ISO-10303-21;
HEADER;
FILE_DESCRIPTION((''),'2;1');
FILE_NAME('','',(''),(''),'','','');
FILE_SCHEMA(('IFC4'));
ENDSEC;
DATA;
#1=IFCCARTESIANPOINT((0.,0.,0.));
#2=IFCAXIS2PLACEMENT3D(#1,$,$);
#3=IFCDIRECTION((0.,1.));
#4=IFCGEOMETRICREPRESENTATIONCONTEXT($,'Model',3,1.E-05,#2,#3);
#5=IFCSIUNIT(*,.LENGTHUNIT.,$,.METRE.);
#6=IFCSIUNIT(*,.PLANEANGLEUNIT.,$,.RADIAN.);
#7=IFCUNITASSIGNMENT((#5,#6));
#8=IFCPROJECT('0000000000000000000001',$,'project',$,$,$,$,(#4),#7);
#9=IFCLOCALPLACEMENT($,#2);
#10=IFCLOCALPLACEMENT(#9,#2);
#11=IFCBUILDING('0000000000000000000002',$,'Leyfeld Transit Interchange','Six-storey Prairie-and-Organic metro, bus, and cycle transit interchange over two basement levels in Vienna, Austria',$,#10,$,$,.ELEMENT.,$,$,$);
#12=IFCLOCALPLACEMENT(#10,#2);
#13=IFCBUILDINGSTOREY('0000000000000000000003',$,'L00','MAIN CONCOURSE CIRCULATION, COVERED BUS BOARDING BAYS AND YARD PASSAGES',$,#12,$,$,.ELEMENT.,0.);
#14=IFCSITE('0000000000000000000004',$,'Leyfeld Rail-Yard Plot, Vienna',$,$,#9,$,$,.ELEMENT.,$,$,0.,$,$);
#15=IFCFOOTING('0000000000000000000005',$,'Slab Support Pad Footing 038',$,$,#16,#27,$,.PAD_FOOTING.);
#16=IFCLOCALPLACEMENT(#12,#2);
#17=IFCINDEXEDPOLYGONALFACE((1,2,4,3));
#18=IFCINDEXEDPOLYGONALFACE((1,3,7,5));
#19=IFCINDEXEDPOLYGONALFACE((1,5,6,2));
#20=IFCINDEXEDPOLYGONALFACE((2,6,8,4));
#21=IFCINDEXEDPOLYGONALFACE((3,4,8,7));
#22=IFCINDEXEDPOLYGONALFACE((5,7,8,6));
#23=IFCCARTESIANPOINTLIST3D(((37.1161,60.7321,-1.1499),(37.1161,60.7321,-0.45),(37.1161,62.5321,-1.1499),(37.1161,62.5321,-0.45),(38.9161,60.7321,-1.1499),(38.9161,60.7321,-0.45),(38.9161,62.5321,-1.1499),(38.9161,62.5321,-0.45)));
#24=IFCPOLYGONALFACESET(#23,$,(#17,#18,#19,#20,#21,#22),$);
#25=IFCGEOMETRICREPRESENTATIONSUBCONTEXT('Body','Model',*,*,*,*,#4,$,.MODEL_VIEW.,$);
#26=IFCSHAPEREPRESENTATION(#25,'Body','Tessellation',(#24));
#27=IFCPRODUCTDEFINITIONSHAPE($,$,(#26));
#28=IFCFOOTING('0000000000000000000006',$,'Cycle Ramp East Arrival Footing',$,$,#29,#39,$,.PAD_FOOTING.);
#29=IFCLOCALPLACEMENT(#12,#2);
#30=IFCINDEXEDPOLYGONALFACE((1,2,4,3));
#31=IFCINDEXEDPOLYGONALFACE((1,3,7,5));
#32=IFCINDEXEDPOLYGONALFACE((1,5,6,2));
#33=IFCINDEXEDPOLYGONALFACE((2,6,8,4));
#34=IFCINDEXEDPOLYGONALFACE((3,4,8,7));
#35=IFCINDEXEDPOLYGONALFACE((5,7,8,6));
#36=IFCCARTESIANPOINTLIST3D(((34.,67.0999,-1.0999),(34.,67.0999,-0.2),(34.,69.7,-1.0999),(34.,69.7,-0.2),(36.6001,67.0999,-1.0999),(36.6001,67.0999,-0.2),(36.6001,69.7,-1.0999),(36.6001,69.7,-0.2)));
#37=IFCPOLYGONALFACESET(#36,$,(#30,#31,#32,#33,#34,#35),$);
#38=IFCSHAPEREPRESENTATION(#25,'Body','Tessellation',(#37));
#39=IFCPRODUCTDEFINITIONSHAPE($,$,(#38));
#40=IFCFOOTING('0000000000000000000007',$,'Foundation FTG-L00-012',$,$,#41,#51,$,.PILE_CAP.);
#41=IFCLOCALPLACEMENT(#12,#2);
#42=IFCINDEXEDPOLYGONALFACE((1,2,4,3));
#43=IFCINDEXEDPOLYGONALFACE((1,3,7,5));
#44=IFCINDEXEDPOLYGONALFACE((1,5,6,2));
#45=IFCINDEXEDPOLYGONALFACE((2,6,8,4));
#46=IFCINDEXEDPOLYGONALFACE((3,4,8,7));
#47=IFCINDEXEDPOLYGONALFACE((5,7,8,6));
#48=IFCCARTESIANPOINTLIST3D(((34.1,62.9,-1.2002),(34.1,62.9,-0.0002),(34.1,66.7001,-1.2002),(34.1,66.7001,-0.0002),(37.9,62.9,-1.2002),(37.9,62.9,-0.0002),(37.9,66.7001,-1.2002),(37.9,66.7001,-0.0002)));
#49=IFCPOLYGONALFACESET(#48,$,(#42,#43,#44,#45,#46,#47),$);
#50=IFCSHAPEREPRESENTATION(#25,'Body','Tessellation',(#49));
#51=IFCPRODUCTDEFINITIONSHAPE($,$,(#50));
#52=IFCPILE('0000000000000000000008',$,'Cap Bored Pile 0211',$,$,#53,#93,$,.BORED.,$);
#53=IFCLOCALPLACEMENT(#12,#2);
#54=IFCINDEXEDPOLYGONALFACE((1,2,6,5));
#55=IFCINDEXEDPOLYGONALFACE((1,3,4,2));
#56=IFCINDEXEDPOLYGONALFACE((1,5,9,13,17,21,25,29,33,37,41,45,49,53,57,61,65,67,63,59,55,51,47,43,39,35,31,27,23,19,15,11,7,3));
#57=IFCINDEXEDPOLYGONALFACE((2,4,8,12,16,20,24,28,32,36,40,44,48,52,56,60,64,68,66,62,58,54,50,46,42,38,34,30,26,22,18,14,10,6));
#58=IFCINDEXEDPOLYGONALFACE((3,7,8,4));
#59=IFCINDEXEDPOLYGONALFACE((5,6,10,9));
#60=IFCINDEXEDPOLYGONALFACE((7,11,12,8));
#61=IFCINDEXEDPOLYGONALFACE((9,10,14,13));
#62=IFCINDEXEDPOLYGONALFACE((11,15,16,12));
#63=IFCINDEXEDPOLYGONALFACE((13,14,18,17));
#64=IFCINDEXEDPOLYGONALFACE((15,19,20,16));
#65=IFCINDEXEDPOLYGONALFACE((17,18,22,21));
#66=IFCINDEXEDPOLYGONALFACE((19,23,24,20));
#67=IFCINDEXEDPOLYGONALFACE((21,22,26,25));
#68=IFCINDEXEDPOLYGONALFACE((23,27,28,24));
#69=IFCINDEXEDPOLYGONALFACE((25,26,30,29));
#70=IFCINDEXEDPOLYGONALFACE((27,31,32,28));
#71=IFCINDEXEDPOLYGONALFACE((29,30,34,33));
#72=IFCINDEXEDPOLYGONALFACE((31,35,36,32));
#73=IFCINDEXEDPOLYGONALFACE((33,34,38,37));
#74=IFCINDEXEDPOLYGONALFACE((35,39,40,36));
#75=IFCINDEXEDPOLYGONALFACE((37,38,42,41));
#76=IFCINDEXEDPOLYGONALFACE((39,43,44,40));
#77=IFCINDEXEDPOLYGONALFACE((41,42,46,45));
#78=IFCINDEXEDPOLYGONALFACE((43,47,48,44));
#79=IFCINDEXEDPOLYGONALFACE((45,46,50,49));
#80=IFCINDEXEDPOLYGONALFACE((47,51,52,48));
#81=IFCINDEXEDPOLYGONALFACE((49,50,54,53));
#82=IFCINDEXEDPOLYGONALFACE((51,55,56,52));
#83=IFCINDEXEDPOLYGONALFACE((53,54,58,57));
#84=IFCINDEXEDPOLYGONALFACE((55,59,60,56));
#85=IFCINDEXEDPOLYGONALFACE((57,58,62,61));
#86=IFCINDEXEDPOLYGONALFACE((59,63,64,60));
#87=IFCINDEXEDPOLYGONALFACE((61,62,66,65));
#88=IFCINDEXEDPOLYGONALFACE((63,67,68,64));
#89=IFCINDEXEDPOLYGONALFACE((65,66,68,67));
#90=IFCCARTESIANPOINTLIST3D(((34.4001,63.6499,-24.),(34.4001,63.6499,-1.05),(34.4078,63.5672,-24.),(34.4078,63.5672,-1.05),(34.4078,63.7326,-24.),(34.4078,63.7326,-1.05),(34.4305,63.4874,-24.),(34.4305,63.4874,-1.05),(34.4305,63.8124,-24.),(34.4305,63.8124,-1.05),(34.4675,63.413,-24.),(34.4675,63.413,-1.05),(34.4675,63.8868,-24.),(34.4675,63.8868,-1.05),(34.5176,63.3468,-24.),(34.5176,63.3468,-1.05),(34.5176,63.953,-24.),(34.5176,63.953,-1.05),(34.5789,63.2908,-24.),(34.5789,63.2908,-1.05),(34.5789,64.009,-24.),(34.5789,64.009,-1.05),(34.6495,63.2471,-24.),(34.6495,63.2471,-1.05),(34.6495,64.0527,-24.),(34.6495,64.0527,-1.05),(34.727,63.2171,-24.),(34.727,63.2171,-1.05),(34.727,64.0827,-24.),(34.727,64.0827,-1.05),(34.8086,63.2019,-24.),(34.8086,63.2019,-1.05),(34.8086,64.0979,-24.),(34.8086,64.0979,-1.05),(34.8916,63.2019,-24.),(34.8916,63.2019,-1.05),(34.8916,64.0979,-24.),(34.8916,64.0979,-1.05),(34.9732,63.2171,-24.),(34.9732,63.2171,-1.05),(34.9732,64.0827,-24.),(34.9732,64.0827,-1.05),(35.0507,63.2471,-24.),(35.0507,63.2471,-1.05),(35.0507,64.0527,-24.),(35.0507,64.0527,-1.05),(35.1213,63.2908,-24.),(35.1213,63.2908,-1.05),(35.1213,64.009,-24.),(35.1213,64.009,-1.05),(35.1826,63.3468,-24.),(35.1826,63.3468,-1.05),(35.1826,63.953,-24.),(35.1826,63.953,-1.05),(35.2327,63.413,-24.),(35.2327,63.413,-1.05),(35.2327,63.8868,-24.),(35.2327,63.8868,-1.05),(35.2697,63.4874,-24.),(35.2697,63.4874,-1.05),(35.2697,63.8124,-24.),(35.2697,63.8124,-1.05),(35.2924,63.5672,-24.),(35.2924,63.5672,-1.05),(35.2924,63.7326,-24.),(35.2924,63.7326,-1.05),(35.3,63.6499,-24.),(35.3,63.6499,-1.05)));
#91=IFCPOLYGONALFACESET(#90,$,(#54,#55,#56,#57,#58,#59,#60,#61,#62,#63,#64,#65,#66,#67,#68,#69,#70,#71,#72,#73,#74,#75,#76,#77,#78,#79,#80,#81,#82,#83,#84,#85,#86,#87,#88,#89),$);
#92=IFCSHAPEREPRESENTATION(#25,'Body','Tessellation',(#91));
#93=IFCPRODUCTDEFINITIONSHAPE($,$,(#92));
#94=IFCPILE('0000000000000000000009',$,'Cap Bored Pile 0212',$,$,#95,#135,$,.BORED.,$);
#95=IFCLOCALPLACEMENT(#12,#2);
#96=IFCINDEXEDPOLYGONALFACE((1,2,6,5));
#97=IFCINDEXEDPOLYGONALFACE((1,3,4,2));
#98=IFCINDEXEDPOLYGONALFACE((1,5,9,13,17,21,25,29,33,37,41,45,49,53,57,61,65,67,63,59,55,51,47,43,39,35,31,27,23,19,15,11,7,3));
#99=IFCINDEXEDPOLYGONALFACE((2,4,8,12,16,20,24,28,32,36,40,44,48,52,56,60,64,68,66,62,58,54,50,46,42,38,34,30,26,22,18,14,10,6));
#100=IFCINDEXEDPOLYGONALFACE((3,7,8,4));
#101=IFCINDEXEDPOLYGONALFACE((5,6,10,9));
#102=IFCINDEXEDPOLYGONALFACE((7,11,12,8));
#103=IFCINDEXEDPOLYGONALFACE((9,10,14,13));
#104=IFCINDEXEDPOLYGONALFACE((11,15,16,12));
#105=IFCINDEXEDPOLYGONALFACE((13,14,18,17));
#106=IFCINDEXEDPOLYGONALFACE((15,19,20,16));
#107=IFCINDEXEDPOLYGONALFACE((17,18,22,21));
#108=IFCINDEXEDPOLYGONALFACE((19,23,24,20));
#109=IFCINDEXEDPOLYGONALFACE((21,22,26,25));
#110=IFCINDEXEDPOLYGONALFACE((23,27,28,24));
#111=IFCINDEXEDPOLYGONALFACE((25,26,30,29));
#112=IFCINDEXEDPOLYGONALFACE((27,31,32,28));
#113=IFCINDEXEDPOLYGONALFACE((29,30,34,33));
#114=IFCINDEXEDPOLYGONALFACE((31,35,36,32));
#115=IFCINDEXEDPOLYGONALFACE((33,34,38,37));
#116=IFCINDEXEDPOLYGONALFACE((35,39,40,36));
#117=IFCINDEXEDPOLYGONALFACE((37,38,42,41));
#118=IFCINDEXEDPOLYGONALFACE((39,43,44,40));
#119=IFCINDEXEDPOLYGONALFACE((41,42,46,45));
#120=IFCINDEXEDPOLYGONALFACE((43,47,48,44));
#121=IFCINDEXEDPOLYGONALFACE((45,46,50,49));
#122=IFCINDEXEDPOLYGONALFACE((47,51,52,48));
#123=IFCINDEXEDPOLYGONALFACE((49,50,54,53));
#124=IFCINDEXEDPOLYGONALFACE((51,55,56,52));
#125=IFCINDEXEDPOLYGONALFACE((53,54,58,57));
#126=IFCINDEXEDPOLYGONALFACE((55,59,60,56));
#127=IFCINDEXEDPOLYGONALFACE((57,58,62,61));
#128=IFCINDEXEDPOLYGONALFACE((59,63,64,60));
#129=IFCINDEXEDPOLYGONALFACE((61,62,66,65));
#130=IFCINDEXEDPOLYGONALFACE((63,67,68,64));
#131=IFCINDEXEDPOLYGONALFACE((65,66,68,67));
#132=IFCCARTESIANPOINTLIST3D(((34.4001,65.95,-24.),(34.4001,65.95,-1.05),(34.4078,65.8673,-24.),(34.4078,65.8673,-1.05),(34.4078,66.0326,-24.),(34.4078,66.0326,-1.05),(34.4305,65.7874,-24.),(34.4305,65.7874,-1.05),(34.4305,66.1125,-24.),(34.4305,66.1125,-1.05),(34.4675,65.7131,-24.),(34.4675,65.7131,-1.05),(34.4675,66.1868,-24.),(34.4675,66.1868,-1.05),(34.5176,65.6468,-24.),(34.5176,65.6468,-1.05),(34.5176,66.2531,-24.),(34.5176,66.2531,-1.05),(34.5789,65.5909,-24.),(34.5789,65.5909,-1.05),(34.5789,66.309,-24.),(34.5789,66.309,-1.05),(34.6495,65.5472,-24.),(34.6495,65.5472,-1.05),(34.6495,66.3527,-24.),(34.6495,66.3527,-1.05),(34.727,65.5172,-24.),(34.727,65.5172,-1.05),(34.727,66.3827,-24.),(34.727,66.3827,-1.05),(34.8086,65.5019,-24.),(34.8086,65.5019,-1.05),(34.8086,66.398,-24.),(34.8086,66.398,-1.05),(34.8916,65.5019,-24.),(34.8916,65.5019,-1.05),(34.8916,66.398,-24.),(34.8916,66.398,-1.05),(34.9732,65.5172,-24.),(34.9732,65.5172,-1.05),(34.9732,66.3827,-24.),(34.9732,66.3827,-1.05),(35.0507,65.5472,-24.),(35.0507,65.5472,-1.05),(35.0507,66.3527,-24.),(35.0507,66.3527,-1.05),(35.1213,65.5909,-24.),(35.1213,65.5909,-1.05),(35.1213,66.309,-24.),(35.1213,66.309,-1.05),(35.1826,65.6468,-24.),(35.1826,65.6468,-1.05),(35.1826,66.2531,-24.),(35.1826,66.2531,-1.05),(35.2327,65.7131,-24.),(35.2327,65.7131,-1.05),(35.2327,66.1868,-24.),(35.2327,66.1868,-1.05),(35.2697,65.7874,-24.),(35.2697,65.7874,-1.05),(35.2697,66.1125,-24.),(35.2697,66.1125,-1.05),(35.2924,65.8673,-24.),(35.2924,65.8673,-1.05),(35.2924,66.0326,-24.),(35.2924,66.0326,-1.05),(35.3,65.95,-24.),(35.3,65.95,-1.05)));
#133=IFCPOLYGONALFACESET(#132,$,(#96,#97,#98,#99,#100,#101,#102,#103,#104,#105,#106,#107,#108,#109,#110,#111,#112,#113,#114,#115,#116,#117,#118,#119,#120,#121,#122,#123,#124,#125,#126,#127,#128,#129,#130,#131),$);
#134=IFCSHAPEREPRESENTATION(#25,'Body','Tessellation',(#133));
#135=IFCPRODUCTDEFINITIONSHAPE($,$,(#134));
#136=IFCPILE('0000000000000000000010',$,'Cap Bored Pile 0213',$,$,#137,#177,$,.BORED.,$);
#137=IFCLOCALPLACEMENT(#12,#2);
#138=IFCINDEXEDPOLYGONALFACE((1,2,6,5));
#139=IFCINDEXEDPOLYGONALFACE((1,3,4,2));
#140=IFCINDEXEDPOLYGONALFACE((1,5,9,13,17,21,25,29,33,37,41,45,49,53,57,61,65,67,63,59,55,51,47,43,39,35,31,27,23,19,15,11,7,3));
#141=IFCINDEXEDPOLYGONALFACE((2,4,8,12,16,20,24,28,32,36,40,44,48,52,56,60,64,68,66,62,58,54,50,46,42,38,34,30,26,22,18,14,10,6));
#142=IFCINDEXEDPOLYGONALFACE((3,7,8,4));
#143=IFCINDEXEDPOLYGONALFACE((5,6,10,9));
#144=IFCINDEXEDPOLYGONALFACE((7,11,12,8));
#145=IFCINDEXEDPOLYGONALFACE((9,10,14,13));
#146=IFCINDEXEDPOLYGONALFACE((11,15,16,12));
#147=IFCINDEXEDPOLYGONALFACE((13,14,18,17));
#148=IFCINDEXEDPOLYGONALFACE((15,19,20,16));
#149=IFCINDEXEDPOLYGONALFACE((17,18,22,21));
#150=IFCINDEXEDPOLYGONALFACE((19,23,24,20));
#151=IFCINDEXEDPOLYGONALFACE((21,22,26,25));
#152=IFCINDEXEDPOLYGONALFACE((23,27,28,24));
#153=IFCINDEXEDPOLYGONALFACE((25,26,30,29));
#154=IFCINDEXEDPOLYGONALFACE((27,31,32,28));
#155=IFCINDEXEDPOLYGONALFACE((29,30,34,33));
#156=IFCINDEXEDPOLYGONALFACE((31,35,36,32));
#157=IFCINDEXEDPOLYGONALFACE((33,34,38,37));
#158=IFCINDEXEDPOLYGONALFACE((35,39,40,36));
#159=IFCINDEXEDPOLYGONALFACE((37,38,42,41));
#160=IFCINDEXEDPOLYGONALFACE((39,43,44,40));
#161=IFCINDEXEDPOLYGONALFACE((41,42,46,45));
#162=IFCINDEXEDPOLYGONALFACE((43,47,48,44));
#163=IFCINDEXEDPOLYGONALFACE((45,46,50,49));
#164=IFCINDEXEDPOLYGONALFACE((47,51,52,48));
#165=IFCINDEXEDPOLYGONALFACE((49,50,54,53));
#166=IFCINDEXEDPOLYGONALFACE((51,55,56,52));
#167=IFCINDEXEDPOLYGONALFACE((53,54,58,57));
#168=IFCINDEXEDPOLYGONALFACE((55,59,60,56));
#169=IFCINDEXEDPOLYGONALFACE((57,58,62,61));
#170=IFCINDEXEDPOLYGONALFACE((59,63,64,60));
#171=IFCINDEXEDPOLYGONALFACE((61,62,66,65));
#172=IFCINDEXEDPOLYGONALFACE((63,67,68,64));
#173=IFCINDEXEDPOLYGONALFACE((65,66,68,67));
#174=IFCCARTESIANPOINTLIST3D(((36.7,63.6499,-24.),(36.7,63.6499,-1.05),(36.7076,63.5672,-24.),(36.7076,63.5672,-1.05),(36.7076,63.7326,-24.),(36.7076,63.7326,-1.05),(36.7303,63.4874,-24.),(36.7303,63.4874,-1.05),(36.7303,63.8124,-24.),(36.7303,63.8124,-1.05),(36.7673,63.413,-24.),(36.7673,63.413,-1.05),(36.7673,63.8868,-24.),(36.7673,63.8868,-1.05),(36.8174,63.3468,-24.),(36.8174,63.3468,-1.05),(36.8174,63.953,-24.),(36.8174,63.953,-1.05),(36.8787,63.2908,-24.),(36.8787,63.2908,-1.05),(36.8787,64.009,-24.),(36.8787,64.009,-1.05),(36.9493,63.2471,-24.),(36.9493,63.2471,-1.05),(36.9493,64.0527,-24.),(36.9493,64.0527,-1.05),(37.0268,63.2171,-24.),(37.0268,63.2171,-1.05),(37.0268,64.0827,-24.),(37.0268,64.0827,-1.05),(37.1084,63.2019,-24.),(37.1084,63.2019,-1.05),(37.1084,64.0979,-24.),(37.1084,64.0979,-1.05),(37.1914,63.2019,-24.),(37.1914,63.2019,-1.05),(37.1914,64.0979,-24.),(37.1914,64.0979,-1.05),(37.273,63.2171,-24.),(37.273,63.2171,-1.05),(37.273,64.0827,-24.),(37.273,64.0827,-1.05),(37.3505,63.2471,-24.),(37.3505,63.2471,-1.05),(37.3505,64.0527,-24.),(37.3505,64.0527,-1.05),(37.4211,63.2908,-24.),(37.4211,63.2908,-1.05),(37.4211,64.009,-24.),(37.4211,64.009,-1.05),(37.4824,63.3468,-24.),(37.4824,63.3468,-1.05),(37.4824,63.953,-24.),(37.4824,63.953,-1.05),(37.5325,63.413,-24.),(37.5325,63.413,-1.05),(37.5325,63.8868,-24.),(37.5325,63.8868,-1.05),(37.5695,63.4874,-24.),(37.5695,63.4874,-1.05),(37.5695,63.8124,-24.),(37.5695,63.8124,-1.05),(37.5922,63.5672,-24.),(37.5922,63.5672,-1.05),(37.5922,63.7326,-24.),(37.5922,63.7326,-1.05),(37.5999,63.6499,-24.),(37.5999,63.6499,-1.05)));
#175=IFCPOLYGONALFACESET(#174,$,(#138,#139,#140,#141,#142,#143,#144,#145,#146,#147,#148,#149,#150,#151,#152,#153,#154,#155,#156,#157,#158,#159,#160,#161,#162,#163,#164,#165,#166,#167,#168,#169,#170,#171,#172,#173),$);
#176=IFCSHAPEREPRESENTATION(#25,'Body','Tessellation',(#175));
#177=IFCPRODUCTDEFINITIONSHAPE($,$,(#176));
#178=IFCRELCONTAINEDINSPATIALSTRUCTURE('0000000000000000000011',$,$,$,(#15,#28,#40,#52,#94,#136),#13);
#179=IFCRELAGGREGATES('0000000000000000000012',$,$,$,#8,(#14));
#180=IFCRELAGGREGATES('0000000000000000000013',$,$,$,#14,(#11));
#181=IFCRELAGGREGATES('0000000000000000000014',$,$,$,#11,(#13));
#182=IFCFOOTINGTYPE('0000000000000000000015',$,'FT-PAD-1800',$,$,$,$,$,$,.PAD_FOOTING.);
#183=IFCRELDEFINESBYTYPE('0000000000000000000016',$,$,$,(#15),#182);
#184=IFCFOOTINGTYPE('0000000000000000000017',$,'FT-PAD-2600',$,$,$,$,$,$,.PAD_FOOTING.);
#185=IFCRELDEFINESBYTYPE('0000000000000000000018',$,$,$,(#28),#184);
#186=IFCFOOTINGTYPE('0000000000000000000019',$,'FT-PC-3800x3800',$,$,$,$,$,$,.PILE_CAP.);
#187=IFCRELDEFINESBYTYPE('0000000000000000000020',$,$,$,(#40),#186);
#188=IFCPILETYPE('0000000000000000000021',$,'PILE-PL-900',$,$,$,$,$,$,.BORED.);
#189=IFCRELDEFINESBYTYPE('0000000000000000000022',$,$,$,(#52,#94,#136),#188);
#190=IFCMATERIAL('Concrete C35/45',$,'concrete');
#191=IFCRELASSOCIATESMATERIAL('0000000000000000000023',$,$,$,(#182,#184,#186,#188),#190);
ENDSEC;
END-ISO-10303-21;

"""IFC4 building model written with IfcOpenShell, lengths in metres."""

from ifc_helpers import new_model, si_unit, direction, frame, origin, origin_2d, place, context, subcontext, project, spatial, rectangle, circle, extrude, material, material_profile, profile_set, type_object, element, save


model = new_model("IFC4")

# Units and contexts
model_context = context("Model", 3, precision=1e-05, world=origin(), true_north=direction((0.0, 1.0)))
body_context = subcontext(model_context, "Body", "Model", "MODEL_VIEW")
ifc_project = project(units=[si_unit("LENGTHUNIT", "METRE"), si_unit("PLANEANGLEUNIT", "RADIAN")], contexts=[model_context])

# Site, building, storey
site_placement = place(None, origin())
site = spatial("IfcSite", under=ifc_project, at=site_placement, Name="Leyfeld Rail-Yard Plot, Vienna", CompositionType="ELEMENT", RefElevation=0.0)
building_placement = place(site_placement, origin())
building = spatial("IfcBuilding", under=site, at=building_placement, Name="Leyfeld Transit Interchange", Description="Six-storey Prairie-and-Organic metro, bus, and cycle transit interchange over two basement levels in Vienna, Austria", CompositionType="ELEMENT")
storey_placement = place(building_placement, origin())
storey = spatial("IfcBuildingStorey", under=building, at=storey_placement, Name="L00", Description="MAIN CONCOURSE CIRCULATION, COVERED BUS BOARDING BAYS AND YARD PASSAGES", CompositionType="ELEMENT", Elevation=0.0)

# Footings
ifc_material_1 = material(Name="Concrete C35/45", Category="concrete")
footing_type_1 = type_object("IfcFootingType", Name="FT-PAD-1800", PredefinedType="PAD_FOOTING", material=ifc_material_1)
footing_1_placement = place(storey_placement, frame((38.0161, 61.6321, -1.1499), z_axis=(0.0, 0.0, 1.0), x_axis=(1.0, 0.0, 0.0)))
element("IfcFooting", 1, at=footing_1_placement, inside=storey, type_object=footing_type_1, Name="Slab Support Pad Footing 038", PredefinedType="PAD_FOOTING", context=body_context, shape_type="SweptSolid", body=[
    extrude(rectangle(XDim=1.8, YDim=1.8, at=origin_2d()), origin(), (0.0, 0.0, 1.0), 0.7),
])
footing_type_2 = type_object("IfcFootingType", Name="FT-PAD-2600", PredefinedType="PAD_FOOTING", material=ifc_material_1)
footing_2_placement = place(storey_placement, frame((35.3, 68.3999, -1.0999), z_axis=(0.0, 0.0, 1.0), x_axis=(1.0, 0.0, 0.0)))
element("IfcFooting", 2, at=footing_2_placement, inside=storey, type_object=footing_type_2, Name="Cycle Ramp East Arrival Footing", PredefinedType="PAD_FOOTING", context=body_context, shape_type="SweptSolid", body=[
    extrude(rectangle(XDim=2.6001, YDim=2.6001, at=origin_2d()), origin(), (0.0, 0.0, 1.0), 0.8999),
])
footing_type_3 = type_object("IfcFootingType", Name="FT-PC-3800x3800", PredefinedType="PILE_CAP", material=ifc_material_1)
footing_3_placement = place(storey_placement, frame((36.0, 64.8, -1.2002), z_axis=(0.0, 0.0, 1.0), x_axis=(1.0, 0.0, 0.0)))
element("IfcFooting", 3, at=footing_3_placement, inside=storey, type_object=footing_type_3, Name="Foundation FTG-L00-012", PredefinedType="PILE_CAP", context=body_context, shape_type="SweptSolid", body=[
    extrude(rectangle(XDim=3.8, YDim=3.8, at=origin_2d()), origin(), (0.0, 0.0, 1.0), 1.2),
])

# Piles
ifc_material_profile_1 = material_profile(ifc_material_1, circle(Radius=0.45, at=origin_2d()), Name="PILE D900")
ifc_profile_set_1 = profile_set([ifc_material_profile_1], Name="Concrete C35/45")
pile_type = type_object("IfcPileType", Name="PILE-PL-900", PredefinedType="BORED", material=ifc_profile_set_1)
for number, where, z_axis, x_axis, name in (
    (4, (34.8501, 63.6499, -1.05), (0.0, 0.0, -1.0), (1.0, 0.0, 0.0), "Cap Bored Pile 0211"),
    (5, (34.8501, 65.95, -1.05), (0.0, 0.0, -1.0), (1.0, 0.0, 0.0), "Cap Bored Pile 0212"),
    (6, (37.1499, 63.6499, -1.05), (0.0, 0.0, -1.0), (1.0, 0.0, 0.0), "Cap Bored Pile 0213"),
):
    element("IfcPile", number, at=place(storey_placement, frame(where, z_axis=z_axis, x_axis=x_axis)), inside=storey, type_object=pile_type, Name=name, PredefinedType="BORED", context=body_context, shape_type="SweptSolid", body=[
        extrude(circle(Radius=0.45, at=origin_2d()), origin(), (0.0, 0.0, 1.0), 22.95),
    ])

save(model, "model.ifc")
